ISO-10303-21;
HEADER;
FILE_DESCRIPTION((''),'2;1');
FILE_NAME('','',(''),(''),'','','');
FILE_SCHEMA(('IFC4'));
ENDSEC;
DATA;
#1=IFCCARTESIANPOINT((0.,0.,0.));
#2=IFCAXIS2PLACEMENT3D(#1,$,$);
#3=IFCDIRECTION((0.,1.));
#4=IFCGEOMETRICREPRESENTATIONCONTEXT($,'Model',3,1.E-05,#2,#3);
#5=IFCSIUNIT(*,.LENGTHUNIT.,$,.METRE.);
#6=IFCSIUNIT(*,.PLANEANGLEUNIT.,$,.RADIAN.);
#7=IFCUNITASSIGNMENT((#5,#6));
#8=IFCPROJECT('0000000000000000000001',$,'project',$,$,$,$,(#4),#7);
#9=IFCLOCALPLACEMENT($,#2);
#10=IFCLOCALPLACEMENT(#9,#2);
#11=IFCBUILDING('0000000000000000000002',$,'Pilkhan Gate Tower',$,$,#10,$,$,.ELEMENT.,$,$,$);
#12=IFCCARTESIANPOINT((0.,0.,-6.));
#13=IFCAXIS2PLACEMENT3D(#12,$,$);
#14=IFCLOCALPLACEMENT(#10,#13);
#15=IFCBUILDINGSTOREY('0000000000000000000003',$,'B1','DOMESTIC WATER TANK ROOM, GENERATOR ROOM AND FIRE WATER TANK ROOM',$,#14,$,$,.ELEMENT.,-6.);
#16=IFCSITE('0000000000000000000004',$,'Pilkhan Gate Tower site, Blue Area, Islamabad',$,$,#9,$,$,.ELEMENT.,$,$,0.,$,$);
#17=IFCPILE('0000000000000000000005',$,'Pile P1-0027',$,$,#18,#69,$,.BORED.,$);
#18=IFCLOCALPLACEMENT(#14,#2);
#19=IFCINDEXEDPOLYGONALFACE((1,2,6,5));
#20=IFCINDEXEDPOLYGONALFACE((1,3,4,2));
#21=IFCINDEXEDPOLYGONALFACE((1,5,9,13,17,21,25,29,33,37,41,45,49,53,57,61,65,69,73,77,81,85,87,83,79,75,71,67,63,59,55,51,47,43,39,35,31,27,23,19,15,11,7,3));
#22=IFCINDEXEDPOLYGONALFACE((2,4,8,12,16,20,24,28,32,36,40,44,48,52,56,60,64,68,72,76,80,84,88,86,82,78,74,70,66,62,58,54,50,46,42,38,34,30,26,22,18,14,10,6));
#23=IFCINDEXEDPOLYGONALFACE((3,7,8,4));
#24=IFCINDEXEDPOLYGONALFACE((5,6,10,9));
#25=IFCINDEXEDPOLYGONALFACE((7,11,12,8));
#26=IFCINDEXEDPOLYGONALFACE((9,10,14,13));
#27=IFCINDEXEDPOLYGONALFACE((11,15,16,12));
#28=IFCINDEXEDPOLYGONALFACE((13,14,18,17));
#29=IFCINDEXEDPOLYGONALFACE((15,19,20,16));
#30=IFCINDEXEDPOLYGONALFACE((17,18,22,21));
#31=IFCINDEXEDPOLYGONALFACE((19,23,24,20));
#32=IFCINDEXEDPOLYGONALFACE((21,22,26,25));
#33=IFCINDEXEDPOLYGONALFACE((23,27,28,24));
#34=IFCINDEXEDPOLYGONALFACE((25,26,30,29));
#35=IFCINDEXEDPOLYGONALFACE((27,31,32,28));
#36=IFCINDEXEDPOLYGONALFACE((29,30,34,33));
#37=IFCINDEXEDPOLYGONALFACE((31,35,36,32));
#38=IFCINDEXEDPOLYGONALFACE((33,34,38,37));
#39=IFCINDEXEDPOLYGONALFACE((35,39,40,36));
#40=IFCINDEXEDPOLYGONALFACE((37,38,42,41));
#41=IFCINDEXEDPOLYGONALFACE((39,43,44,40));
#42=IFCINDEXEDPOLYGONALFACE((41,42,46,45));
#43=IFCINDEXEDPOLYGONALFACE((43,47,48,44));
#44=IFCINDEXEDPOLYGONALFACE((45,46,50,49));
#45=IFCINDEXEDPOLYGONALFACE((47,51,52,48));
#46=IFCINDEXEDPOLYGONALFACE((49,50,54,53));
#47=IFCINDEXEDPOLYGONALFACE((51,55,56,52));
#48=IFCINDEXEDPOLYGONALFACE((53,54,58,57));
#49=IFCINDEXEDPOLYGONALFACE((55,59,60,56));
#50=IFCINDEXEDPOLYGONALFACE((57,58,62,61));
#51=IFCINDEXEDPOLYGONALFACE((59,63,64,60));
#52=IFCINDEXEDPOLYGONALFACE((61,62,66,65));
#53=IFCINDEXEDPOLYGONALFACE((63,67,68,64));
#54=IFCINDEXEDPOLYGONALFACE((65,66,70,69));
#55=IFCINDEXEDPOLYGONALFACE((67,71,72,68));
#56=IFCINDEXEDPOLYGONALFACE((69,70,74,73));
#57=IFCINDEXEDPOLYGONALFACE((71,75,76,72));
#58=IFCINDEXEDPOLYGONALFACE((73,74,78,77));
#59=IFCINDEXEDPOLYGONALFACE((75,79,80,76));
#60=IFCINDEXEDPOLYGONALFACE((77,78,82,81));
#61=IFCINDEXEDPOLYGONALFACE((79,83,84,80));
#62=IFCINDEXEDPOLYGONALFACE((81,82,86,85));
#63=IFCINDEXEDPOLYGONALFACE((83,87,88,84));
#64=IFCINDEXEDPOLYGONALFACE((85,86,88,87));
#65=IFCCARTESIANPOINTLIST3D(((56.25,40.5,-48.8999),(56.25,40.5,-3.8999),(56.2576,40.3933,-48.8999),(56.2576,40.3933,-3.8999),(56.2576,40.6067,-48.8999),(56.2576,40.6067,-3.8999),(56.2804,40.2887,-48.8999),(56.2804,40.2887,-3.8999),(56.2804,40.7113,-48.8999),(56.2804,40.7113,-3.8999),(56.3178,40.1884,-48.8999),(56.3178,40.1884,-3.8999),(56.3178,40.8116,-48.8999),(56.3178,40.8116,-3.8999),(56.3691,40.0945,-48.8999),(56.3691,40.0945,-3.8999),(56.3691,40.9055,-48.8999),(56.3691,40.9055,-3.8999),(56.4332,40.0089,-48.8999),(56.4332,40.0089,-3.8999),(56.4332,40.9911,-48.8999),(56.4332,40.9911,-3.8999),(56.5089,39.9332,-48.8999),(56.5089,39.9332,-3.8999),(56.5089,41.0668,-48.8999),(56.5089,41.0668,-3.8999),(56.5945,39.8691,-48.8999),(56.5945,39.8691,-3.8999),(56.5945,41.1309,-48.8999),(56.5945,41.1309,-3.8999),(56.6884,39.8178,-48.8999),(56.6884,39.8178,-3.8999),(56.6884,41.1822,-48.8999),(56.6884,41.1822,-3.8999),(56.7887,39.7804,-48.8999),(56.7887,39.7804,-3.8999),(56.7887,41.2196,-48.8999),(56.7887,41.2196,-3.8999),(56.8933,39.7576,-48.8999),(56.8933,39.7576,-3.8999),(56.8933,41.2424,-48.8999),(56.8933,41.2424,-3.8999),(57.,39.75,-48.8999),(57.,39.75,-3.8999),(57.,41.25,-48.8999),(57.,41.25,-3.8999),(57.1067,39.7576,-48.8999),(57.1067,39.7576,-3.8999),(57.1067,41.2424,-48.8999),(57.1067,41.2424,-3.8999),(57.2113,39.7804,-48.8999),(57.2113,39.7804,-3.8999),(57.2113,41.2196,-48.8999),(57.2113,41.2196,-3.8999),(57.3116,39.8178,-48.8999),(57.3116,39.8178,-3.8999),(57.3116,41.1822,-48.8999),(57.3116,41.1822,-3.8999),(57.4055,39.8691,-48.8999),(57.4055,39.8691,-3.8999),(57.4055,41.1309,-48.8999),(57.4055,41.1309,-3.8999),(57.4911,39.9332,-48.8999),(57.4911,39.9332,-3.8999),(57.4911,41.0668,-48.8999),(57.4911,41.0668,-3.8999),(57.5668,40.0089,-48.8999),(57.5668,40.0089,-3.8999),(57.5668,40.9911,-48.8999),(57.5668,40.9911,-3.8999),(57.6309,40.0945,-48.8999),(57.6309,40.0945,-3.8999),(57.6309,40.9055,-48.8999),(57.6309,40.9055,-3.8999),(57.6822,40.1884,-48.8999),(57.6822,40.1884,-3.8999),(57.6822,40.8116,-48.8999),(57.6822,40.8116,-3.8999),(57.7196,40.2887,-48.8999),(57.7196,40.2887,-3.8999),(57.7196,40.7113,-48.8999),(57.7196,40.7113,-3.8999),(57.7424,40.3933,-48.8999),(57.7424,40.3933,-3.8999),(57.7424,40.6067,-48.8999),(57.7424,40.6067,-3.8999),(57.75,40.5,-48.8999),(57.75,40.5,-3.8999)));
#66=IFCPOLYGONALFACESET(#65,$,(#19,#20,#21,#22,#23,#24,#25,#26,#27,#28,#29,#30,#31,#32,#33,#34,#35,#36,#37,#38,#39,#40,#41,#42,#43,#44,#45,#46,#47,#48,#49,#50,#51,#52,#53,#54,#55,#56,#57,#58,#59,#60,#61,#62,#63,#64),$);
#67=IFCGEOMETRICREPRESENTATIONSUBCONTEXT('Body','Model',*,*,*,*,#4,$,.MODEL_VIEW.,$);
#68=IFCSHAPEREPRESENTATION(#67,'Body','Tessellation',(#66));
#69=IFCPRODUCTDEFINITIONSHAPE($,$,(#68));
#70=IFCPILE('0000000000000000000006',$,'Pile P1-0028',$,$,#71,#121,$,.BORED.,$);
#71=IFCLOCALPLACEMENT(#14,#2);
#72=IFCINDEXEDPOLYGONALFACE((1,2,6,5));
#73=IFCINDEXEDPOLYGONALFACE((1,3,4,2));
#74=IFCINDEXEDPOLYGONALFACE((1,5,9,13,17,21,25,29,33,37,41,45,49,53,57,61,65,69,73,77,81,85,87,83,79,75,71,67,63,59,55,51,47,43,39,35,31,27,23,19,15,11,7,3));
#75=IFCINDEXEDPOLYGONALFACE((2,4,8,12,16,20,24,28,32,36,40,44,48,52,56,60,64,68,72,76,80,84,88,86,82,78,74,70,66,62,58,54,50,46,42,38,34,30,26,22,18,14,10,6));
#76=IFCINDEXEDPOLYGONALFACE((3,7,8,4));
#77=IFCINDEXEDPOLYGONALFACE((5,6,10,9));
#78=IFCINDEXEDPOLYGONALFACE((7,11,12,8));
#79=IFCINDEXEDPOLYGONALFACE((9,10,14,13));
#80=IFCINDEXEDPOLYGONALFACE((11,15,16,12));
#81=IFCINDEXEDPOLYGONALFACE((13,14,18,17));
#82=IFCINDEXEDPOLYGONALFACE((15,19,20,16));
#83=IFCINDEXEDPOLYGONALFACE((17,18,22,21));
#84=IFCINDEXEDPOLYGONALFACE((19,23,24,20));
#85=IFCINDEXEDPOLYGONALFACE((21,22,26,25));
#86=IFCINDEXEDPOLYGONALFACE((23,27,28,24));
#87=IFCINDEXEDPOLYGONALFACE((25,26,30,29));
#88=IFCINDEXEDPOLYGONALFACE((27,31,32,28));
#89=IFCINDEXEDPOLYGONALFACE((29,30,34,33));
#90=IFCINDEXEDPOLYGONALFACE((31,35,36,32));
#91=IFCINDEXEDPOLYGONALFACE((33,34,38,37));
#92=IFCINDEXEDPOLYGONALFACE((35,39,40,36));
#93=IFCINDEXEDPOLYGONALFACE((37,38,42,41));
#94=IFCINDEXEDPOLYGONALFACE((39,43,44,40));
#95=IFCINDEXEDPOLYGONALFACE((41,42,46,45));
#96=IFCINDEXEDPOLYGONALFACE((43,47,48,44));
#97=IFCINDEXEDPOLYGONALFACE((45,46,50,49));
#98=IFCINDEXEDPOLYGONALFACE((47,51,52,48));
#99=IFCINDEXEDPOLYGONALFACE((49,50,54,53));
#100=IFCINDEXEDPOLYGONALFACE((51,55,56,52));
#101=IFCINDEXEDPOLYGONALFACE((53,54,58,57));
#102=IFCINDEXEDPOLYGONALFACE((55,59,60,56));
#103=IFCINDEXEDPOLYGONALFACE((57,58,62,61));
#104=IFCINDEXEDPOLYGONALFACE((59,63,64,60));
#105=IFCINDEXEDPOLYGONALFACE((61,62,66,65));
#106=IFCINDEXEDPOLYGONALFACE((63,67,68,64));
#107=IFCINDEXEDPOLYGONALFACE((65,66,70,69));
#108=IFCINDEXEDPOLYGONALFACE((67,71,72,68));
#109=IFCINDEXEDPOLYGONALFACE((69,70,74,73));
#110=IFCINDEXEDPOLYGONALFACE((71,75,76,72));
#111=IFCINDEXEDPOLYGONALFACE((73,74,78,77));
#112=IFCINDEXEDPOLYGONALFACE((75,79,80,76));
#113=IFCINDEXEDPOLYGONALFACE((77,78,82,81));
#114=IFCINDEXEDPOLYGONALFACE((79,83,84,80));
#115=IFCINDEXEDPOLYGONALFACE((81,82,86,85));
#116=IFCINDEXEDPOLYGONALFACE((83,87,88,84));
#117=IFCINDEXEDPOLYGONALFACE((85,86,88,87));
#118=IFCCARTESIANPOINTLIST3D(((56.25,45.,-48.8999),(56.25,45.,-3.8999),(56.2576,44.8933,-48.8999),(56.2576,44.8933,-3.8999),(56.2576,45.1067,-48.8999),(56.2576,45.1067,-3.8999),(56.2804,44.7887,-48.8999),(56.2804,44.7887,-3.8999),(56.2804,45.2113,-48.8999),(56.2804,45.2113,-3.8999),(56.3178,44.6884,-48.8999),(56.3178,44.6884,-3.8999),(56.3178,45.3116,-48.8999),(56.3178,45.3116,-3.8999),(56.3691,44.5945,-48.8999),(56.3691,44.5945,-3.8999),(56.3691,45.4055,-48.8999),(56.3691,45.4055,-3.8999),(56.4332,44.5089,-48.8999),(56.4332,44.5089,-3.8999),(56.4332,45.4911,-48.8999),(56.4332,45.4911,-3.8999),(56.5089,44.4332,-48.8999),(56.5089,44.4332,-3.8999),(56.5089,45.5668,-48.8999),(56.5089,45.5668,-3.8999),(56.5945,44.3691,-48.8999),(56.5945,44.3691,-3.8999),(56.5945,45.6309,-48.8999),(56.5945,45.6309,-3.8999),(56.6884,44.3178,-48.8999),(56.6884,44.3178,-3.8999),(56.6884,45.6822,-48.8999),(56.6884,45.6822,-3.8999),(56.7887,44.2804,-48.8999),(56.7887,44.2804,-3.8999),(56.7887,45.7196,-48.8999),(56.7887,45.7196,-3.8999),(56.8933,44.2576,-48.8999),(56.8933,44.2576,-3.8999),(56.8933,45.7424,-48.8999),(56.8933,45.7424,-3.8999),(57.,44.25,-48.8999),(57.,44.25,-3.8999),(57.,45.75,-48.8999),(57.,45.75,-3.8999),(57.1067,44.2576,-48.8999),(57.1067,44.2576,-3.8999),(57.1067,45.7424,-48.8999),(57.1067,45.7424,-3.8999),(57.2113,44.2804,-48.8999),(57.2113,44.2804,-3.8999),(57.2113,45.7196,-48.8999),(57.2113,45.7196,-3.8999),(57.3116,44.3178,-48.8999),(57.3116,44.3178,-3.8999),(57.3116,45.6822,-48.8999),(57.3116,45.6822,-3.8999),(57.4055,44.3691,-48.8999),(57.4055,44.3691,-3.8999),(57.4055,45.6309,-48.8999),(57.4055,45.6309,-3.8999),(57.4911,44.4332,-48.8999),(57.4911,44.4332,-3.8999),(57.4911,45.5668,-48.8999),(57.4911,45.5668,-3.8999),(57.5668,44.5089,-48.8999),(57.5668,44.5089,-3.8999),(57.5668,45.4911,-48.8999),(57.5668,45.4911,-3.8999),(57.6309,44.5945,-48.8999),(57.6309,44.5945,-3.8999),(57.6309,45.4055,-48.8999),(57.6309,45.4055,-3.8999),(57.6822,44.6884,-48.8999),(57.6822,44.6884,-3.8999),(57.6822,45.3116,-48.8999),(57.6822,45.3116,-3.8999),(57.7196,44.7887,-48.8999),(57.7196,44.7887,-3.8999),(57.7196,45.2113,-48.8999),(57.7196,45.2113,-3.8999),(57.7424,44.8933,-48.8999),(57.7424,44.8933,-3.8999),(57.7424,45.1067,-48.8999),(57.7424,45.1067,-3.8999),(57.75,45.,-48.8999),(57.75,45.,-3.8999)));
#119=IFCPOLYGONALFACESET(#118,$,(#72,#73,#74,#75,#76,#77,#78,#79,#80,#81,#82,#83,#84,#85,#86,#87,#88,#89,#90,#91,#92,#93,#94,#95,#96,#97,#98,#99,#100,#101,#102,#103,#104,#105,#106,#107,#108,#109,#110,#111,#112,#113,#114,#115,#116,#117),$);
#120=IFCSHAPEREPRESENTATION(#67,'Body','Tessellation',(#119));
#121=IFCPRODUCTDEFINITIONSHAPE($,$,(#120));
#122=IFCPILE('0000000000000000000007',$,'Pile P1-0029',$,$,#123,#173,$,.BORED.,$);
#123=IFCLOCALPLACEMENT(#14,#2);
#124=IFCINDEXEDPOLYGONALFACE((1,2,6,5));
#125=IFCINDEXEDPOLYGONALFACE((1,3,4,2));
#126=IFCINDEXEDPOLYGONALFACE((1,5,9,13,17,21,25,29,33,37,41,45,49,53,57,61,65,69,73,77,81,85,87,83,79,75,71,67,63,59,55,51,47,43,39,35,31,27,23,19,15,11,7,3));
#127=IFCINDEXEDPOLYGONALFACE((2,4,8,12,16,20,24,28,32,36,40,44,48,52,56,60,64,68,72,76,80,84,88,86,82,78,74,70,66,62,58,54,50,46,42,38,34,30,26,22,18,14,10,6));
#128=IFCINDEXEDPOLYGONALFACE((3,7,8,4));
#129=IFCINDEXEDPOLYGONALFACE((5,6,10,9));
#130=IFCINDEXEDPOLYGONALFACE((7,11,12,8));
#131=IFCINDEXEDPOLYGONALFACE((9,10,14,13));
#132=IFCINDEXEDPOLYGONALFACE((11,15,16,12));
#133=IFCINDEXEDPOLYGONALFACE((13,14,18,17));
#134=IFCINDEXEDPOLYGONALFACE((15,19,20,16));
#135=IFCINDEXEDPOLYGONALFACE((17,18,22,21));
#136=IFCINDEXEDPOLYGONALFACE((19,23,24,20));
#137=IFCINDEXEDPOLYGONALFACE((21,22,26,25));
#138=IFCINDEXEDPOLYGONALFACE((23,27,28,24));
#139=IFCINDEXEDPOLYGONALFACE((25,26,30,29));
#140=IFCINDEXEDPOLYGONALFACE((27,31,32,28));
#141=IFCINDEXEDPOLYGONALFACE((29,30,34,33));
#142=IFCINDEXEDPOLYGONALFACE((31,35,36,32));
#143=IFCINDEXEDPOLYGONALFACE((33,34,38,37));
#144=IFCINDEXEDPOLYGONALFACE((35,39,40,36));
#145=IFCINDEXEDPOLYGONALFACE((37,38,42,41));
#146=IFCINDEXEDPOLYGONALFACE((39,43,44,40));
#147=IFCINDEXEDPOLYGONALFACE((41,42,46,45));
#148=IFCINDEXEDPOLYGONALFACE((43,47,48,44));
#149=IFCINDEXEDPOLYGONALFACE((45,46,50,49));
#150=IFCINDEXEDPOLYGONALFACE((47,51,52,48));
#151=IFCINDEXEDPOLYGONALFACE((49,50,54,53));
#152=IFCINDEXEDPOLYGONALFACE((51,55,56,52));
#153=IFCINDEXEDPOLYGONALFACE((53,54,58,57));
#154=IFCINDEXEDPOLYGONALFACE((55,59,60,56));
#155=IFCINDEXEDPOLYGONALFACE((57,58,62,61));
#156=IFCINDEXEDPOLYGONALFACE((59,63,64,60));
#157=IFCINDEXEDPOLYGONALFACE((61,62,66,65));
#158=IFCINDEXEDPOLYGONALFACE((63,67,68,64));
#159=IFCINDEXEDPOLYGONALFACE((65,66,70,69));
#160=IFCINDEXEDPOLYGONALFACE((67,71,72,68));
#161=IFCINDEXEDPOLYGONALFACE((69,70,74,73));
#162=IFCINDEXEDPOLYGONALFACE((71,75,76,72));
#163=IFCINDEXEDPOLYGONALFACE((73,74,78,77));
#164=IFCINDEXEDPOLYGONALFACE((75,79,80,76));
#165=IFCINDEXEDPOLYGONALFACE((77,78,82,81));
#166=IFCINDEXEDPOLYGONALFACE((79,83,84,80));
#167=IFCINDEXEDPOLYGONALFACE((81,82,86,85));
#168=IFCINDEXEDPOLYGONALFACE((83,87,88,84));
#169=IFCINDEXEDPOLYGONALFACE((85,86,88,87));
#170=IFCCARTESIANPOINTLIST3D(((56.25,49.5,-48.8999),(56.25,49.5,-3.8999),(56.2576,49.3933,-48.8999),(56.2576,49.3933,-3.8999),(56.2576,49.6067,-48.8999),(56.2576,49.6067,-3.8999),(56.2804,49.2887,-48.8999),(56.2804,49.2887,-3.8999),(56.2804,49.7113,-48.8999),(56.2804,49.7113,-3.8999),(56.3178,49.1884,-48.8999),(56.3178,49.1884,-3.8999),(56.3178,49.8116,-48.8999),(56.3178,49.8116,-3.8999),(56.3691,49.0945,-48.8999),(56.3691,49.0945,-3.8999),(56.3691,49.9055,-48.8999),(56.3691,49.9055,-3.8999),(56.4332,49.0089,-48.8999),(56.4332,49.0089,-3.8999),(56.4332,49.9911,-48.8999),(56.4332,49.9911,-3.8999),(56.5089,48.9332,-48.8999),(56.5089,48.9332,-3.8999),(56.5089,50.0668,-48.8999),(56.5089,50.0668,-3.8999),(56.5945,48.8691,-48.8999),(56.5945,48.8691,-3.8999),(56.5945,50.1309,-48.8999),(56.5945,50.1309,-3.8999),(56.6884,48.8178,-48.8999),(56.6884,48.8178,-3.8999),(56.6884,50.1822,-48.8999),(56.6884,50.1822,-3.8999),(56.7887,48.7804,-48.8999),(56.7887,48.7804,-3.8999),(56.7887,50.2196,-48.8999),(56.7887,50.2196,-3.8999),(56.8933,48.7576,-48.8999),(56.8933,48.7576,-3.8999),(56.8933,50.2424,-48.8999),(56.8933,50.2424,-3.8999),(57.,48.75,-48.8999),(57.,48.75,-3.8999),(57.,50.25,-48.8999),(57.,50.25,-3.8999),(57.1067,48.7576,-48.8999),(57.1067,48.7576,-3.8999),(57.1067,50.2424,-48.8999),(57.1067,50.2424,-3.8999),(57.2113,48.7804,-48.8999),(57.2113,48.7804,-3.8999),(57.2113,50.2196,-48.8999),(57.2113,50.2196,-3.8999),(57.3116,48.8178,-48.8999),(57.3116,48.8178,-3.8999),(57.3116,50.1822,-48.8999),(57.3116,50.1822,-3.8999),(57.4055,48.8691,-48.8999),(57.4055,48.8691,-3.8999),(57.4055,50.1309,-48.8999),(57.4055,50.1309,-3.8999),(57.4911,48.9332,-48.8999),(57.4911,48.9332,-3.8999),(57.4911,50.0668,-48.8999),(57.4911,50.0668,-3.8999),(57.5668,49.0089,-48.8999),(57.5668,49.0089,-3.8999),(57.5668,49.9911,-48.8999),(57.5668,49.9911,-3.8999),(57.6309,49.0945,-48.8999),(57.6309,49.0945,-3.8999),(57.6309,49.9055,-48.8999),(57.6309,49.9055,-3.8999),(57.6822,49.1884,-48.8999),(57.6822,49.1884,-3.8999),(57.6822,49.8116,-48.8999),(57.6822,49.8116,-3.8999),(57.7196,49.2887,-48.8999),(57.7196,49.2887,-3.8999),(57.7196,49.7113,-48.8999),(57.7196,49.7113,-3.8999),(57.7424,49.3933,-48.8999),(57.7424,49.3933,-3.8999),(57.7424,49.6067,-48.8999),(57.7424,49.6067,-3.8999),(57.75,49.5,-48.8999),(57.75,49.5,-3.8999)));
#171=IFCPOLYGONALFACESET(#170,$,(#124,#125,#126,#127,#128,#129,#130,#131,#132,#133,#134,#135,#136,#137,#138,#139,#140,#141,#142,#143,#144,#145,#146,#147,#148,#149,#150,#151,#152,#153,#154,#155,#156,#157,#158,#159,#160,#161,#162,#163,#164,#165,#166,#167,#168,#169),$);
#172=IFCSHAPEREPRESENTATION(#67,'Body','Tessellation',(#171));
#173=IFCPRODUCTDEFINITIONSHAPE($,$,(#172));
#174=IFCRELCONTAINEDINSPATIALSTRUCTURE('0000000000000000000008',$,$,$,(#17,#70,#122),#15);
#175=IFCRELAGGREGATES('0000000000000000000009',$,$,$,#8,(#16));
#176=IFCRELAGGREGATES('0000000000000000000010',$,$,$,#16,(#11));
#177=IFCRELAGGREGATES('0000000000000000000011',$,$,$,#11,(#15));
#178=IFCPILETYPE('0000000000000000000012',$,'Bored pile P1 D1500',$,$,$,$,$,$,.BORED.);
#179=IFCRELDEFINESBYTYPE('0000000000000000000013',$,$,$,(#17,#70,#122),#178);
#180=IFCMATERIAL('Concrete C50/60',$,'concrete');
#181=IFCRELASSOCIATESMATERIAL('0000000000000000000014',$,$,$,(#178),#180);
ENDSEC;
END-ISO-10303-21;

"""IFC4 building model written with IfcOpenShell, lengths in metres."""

from ifc_helpers import new_model, si_unit, direction, frame, origin, origin_2d, place, context, subcontext, project, spatial, circle, extrude, material, material_profile, profile_set, type_object, element, save


model = new_model("IFC4")

# Units and contexts
model_context = context("Model", 3, precision=1e-05, world=origin(), true_north=direction((0.0, 1.0)))
body_context = subcontext(model_context, "Body", "Model", "MODEL_VIEW")
ifc_project = project(units=[si_unit("LENGTHUNIT", "METRE"), si_unit("PLANEANGLEUNIT", "RADIAN")], contexts=[model_context])

# Site, building, storey
site_placement = place(None, origin())
site = spatial("IfcSite", under=ifc_project, at=site_placement, Name="Pilkhan Gate Tower site, Blue Area, Islamabad", CompositionType="ELEMENT", RefElevation=0.0)
building_placement = place(site_placement, origin())
building = spatial("IfcBuilding", under=site, at=building_placement, Name="Pilkhan Gate Tower", CompositionType="ELEMENT")
storey_placement = place(building_placement, frame((0.0, 0.0, -6.0)))
storey = spatial("IfcBuildingStorey", under=building, at=storey_placement, Name="B1", Description="DOMESTIC WATER TANK ROOM, GENERATOR ROOM AND FIRE WATER TANK ROOM", CompositionType="ELEMENT", Elevation=-6.0)

# Piles
ifc_material_1 = material(Name="Concrete C50/60", Category="concrete")
ifc_material_profile_1 = material_profile(ifc_material_1, circle(Radius=0.75, at=origin_2d()), Name="Bored pile 1500 dia")
ifc_profile_set_1 = profile_set([ifc_material_profile_1], Name="Concrete C50/60")
pile_type = type_object("IfcPileType", Name="Bored pile P1 D1500", PredefinedType="BORED", material=ifc_profile_set_1)
for number, where, z_axis, x_axis, name in (
    (1, (57.0, 40.5, -3.8999), (0.0, 0.0, -1.0), (1.0, 0.0, 0.0), "Pile P1-0027"),
    (2, (57.0, 45.0, -3.8999), (0.0, 0.0, -1.0), (1.0, 0.0, 0.0), "Pile P1-0028"),
    (3, (57.0, 49.5, -3.8999), (0.0, 0.0, -1.0), (1.0, 0.0, 0.0), "Pile P1-0029"),
):
    element("IfcPile", number, at=place(storey_placement, frame(where, z_axis=z_axis, x_axis=x_axis)), inside=storey, type_object=pile_type, Name=name, PredefinedType="BORED", context=body_context, shape_type="SweptSolid", body=[
        extrude(circle(Radius=0.75, at=origin_2d()), origin(), (0.0, 0.0, 1.0), 45.0),
    ])

save(model, "model.ifc")
